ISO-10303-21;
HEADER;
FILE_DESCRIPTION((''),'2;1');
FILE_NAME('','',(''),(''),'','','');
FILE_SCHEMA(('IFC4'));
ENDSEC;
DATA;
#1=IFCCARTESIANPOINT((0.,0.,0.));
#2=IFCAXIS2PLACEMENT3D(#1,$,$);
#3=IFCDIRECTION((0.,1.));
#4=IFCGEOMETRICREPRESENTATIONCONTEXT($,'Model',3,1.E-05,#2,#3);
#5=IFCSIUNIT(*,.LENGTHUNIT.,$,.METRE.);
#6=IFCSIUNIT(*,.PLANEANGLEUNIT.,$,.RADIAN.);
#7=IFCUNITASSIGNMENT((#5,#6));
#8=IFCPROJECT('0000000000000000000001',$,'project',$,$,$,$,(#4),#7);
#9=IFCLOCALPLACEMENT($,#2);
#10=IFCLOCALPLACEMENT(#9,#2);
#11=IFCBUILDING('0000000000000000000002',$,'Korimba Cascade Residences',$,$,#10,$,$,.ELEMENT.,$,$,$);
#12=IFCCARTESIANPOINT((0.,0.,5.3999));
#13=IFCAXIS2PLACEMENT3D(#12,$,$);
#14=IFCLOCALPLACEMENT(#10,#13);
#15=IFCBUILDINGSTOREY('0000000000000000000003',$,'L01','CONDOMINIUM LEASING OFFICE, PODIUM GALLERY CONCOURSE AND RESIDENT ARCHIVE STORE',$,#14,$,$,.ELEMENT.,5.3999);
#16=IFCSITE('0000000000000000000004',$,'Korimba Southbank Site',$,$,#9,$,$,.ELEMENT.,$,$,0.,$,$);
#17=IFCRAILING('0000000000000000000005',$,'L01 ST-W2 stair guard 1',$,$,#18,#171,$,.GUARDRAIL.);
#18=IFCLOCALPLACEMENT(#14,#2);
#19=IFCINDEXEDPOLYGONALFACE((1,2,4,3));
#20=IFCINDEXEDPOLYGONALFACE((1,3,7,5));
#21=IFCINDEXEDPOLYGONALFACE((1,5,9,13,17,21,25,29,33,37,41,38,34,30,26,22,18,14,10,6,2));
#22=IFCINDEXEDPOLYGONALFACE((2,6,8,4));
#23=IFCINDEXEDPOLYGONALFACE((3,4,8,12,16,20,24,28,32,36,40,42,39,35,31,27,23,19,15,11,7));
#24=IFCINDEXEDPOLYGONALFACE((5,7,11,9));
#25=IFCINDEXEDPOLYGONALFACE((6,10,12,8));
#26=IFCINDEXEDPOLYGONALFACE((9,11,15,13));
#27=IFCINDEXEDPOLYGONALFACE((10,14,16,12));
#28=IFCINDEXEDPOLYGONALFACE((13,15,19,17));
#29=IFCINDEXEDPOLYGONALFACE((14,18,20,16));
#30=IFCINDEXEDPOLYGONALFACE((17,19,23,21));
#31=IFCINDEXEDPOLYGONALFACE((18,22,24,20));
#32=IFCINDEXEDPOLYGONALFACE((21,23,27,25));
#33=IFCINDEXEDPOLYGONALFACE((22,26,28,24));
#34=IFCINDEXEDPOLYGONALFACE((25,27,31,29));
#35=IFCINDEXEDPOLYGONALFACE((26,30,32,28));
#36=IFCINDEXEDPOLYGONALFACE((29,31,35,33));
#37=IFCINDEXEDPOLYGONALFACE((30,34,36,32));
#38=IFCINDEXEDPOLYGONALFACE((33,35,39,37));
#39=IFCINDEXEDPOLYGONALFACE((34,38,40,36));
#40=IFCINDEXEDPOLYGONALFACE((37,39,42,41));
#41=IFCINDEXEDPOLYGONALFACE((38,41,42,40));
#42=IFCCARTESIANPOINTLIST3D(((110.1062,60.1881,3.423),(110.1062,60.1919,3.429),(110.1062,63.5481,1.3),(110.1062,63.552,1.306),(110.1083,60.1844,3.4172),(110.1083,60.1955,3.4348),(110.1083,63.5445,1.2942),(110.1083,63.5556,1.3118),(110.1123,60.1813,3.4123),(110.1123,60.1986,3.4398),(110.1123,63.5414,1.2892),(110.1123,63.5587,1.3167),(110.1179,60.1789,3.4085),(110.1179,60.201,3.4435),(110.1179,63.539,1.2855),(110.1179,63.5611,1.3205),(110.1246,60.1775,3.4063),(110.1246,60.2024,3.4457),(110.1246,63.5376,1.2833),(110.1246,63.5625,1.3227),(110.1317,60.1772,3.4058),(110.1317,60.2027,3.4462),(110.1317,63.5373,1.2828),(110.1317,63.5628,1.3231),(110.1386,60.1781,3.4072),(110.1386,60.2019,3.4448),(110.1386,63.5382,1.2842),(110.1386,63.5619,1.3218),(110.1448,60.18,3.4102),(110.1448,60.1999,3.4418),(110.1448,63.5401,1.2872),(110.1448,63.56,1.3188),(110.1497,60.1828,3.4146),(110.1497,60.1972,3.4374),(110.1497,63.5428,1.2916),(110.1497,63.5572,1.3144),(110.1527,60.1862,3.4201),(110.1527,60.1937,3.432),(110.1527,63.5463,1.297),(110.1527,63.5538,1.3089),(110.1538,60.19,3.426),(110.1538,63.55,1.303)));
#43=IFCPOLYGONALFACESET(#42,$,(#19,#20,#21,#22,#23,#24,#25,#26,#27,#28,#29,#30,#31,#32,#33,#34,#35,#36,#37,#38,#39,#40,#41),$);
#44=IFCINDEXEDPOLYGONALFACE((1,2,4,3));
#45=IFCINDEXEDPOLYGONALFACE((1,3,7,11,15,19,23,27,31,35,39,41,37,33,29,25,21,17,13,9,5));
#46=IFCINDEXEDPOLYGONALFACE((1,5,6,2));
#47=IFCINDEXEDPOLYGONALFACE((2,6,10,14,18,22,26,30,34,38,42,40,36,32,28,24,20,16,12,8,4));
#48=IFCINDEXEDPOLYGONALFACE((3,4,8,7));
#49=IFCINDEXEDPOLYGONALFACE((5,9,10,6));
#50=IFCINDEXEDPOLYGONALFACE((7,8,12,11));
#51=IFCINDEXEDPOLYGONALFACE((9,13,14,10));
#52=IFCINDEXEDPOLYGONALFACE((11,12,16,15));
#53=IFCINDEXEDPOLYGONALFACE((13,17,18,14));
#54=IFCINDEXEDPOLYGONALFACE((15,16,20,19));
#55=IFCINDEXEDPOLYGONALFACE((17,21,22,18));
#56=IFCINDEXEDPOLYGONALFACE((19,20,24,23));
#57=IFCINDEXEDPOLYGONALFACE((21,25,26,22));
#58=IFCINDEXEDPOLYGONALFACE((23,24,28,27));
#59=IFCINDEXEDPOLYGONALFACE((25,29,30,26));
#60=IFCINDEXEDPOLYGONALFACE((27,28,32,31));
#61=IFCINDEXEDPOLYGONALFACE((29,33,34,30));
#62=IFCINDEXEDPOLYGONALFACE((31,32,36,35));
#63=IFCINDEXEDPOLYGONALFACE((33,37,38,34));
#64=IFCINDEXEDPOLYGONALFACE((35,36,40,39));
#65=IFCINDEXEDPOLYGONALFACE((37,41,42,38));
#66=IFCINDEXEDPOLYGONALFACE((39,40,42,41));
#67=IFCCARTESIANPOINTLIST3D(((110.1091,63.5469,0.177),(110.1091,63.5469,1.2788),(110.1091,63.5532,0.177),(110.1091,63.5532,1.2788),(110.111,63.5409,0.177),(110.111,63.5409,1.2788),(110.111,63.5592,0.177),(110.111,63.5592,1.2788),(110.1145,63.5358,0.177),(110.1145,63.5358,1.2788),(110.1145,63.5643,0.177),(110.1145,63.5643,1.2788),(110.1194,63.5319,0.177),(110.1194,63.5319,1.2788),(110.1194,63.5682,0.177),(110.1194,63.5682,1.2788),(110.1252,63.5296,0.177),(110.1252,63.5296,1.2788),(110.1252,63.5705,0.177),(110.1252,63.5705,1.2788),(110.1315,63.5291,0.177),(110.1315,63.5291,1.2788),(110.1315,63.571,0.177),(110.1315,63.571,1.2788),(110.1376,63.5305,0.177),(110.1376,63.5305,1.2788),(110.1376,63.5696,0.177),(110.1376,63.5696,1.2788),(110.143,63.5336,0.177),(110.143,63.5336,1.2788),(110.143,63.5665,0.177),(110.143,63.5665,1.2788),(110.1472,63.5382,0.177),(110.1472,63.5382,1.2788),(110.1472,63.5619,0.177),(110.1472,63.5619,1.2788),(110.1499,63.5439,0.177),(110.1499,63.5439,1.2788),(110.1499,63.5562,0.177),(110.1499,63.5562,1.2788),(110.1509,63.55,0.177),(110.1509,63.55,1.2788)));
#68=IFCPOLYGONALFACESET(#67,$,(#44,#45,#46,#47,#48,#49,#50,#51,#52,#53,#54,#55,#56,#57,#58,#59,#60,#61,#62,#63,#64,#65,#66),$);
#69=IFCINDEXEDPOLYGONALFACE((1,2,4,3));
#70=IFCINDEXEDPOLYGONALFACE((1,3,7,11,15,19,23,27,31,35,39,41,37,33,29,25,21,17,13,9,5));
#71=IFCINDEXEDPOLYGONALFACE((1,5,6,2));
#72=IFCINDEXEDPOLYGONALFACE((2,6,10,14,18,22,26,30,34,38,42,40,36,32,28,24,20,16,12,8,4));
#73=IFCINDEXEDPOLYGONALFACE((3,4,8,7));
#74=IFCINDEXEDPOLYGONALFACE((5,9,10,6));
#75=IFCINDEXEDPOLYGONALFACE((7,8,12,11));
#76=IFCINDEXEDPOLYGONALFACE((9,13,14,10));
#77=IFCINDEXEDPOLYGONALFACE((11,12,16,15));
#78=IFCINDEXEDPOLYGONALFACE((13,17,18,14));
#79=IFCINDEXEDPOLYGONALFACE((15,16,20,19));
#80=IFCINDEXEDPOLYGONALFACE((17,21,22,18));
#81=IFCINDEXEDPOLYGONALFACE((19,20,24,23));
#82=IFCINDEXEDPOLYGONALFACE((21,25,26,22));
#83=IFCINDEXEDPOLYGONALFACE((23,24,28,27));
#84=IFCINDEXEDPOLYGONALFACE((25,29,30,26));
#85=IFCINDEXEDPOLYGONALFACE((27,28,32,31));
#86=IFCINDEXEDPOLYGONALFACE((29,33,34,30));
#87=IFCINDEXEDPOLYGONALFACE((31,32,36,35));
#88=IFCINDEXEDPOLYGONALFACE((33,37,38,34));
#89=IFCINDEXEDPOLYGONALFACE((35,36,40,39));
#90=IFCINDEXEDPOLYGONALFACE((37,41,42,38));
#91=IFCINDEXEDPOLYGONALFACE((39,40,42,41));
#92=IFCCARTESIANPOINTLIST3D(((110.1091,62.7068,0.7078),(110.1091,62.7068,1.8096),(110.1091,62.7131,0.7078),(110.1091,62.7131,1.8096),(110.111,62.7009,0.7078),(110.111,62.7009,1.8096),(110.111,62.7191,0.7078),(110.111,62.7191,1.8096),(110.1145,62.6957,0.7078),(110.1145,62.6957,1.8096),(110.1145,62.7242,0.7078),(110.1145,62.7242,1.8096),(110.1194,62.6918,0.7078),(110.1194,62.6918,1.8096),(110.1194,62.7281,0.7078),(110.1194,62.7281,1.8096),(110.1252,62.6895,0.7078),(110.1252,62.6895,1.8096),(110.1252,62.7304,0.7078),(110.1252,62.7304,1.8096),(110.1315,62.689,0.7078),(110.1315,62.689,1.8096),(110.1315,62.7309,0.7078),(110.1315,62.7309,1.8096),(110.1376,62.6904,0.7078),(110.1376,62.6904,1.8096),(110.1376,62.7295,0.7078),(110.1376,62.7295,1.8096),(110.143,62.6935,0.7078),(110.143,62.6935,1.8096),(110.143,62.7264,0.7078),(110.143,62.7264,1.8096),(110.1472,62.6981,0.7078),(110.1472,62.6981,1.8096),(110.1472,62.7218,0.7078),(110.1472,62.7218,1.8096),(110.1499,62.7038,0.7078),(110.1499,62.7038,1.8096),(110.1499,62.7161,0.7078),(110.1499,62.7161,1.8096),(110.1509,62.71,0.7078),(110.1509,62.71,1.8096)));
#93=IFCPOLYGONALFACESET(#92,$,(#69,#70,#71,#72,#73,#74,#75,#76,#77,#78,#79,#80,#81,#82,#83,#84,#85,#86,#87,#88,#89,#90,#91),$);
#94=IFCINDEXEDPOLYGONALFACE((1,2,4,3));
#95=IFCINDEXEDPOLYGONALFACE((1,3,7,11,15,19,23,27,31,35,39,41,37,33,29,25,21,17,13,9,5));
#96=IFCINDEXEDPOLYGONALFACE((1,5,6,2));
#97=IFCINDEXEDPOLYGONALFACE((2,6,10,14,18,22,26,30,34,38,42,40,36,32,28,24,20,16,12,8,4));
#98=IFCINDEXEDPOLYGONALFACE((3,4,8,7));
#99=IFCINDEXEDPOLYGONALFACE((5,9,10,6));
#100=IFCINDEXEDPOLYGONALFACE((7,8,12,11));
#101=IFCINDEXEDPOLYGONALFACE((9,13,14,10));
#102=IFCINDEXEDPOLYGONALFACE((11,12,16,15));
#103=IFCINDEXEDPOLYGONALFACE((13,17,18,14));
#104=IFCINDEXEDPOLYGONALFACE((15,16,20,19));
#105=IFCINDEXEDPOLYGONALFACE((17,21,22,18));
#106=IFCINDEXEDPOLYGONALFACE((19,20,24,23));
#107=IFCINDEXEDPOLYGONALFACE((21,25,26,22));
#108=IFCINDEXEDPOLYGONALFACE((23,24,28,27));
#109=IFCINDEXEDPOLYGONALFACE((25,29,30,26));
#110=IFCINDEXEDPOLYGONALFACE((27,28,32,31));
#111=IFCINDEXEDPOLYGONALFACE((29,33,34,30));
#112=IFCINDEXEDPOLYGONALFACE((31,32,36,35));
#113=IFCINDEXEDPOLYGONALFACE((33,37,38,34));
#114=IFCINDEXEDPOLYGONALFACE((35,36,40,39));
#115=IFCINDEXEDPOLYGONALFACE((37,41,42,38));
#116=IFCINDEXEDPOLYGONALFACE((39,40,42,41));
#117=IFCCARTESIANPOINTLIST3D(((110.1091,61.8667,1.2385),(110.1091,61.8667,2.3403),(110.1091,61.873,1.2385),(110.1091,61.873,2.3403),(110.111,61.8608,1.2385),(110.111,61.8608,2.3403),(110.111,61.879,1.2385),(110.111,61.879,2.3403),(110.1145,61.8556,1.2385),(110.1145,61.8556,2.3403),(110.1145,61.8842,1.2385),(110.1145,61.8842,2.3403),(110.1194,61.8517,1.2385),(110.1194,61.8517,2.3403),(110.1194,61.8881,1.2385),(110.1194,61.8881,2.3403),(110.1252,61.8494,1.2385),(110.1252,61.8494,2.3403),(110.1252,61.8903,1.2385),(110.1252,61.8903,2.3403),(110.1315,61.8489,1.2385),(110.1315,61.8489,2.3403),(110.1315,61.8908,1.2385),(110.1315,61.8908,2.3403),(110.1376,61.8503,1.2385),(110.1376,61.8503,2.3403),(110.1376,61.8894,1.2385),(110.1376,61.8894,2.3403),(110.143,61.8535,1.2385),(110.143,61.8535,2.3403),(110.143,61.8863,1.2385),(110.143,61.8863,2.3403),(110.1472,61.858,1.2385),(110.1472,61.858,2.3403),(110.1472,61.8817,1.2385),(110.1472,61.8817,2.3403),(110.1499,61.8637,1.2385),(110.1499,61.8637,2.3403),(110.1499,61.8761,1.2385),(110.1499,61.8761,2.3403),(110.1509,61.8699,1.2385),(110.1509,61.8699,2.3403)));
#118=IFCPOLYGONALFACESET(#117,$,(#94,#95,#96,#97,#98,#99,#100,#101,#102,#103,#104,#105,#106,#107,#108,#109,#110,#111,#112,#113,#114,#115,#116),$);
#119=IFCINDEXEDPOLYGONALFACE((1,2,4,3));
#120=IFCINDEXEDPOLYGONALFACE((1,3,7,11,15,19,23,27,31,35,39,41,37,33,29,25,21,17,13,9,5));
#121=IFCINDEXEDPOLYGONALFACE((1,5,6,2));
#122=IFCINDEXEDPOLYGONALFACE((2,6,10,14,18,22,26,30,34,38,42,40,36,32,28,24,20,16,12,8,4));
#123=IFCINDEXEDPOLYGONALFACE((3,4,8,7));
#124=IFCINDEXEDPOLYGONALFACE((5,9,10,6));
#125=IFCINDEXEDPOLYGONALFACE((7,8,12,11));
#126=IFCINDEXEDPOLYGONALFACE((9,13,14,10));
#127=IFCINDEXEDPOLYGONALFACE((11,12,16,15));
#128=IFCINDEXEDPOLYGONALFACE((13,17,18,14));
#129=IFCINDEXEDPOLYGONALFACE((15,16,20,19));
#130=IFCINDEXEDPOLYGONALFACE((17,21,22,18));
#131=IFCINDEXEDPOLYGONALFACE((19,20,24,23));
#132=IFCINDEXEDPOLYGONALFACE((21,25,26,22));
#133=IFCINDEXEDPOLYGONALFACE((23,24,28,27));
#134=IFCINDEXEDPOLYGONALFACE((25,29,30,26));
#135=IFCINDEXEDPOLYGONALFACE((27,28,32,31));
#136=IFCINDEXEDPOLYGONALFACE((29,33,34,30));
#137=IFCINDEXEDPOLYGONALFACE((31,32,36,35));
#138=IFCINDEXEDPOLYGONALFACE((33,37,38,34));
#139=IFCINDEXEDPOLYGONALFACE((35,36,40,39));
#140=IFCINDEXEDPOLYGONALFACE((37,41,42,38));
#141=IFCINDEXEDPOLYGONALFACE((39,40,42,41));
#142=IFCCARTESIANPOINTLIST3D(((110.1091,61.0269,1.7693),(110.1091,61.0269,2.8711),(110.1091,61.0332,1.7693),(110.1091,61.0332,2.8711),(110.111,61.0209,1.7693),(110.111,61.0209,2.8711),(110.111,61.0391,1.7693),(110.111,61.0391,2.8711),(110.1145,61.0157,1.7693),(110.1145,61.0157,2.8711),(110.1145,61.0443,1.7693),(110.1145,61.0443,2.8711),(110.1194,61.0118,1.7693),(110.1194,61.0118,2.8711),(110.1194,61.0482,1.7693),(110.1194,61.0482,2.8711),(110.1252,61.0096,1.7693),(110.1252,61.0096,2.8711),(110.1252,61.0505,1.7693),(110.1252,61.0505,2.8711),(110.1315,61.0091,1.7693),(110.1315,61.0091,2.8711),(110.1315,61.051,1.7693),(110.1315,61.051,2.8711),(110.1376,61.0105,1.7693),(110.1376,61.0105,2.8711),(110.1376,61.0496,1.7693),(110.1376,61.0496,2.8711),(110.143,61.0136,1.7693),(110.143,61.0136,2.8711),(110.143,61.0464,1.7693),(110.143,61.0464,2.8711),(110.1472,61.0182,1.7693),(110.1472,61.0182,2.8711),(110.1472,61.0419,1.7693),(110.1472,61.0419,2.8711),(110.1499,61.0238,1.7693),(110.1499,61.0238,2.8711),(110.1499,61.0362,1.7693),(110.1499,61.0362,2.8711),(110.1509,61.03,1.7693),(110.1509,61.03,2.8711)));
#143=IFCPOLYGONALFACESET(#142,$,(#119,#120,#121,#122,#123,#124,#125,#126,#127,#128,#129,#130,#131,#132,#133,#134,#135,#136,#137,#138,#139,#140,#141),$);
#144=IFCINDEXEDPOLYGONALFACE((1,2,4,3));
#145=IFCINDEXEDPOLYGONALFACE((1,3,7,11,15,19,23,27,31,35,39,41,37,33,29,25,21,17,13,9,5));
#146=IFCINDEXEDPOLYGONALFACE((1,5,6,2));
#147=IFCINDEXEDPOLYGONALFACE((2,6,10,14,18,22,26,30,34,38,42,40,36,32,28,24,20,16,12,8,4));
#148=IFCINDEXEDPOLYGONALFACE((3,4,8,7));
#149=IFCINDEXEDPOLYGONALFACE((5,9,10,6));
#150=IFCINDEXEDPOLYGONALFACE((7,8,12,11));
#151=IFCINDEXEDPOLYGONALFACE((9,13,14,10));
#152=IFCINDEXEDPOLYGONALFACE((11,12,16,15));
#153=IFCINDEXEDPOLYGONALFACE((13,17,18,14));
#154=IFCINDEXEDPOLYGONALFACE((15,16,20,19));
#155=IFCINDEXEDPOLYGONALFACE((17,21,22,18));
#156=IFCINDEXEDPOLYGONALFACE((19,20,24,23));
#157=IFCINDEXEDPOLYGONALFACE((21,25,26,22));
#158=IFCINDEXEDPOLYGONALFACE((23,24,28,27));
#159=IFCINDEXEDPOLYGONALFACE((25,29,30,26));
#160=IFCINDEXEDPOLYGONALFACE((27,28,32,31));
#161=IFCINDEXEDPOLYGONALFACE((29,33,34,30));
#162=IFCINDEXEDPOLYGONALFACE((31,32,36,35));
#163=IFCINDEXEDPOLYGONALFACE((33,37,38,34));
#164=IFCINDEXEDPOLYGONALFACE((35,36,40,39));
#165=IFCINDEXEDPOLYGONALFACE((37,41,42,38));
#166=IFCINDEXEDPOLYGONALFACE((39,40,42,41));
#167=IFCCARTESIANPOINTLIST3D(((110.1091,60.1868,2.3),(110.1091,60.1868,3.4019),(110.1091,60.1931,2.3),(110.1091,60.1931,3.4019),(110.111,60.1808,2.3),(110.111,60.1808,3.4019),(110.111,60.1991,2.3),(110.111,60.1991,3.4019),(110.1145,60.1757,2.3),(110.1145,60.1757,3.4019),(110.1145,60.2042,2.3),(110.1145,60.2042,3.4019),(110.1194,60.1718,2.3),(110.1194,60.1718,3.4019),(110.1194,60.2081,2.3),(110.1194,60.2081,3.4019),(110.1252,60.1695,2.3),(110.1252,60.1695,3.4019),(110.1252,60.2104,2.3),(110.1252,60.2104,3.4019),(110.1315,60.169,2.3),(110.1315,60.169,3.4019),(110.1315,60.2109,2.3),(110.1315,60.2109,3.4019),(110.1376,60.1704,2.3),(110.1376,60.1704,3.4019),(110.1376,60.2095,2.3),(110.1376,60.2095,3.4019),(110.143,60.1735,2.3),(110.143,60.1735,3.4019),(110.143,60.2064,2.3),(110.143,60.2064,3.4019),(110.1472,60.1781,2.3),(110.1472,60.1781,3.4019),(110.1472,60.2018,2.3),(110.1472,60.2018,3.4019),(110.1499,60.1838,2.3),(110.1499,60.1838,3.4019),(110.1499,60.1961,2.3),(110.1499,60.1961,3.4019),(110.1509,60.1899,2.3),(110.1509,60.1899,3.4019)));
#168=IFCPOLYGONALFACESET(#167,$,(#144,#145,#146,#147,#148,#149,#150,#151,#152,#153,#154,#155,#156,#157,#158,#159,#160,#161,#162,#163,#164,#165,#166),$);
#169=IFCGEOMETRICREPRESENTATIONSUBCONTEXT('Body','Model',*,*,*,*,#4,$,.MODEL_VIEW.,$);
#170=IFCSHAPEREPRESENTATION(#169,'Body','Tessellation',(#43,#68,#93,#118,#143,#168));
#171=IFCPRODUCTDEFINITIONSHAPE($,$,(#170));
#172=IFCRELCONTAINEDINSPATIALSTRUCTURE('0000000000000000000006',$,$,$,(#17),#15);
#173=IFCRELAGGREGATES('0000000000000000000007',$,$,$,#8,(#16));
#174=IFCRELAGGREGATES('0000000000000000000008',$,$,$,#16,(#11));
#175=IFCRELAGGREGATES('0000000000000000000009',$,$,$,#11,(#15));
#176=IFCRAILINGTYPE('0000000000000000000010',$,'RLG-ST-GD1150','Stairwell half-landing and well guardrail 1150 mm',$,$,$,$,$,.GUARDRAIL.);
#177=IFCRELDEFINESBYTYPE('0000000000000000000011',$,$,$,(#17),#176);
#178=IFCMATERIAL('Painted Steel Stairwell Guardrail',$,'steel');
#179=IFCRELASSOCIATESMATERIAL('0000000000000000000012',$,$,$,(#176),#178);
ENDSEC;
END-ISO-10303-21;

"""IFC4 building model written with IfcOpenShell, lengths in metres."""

from ifc_helpers import new_model, si_unit, direction, frame, origin, origin_2d, place, context, subcontext, project, spatial, circle, extrude, material, type_object, element, save


model = new_model("IFC4")

# Units and contexts
model_context = context("Model", 3, precision=1e-05, world=origin(), true_north=direction((0.0, 1.0)))
body_context = subcontext(model_context, "Body", "Model", "MODEL_VIEW")
ifc_project = project(units=[si_unit("LENGTHUNIT", "METRE"), si_unit("PLANEANGLEUNIT", "RADIAN")], contexts=[model_context])

# Site, building, storey
site_placement = place(None, origin())
site = spatial("IfcSite", under=ifc_project, at=site_placement, Name="Korimba Southbank Site", CompositionType="ELEMENT", RefElevation=0.0)
building_placement = place(site_placement, origin())
building = spatial("IfcBuilding", under=site, at=building_placement, Name="Korimba Cascade Residences", CompositionType="ELEMENT")
storey_placement = place(building_placement, frame((0.0, 0.0, 5.3999)))
storey = spatial("IfcBuildingStorey", under=building, at=storey_placement, Name="L01", Description="CONDOMINIUM LEASING OFFICE, PODIUM GALLERY CONCOURSE AND RESIDENT ARCHIVE STORE", CompositionType="ELEMENT", Elevation=5.3999)

# Railing
ifc_material_1 = material(Name="Painted Steel Stairwell Guardrail", Category="steel")
railing_type_1 = type_object("IfcRailingType", Name="RLG-ST-GD1150", Description="Stairwell half-landing and well guardrail 1150 mm", PredefinedType="GUARDRAIL", material=ifc_material_1)
railing_1_placement = place(storey_placement, frame((110.1299, 63.55, 0.177)))
element("IfcRailing", 1, at=railing_1_placement, inside=storey, type_object=railing_type_1, Name="L01 ST-W2 stair guard 1", PredefinedType="GUARDRAIL", context=body_context, shape_type="SweptSolid", body=[
    extrude(circle(Radius=0.0239, at=origin_2d()), frame((0.0, 0.0, 1.126), z_axis=(0.0, -0.84539, 0.53415), x_axis=(1.0, 0.0, 0.0)), (0.0, 0.0, 1.0), 3.9746),
    extrude(circle(Radius=0.021, at=origin_2d()), origin(), (0.0, 0.0, 1.0), 1.1018),
    extrude(circle(Radius=0.021, at=origin_2d()), frame((0.0, -0.8401, 0.5308)), (0.0, 0.0, 1.0), 1.1018),
    extrude(circle(Radius=0.021, at=origin_2d()), frame((0.0, -1.6802, 1.0615)), (0.0, 0.0, 1.0), 1.1018),
    extrude(circle(Radius=0.021, at=origin_2d()), frame((0.0, -2.52, 1.5923)), (0.0, 0.0, 1.0), 1.1018),
    extrude(circle(Radius=0.021, at=origin_2d()), frame((0.0, -3.3601, 2.123)), (0.0, 0.0, 1.0), 1.1018),
])

save(model, "model.ifc")
